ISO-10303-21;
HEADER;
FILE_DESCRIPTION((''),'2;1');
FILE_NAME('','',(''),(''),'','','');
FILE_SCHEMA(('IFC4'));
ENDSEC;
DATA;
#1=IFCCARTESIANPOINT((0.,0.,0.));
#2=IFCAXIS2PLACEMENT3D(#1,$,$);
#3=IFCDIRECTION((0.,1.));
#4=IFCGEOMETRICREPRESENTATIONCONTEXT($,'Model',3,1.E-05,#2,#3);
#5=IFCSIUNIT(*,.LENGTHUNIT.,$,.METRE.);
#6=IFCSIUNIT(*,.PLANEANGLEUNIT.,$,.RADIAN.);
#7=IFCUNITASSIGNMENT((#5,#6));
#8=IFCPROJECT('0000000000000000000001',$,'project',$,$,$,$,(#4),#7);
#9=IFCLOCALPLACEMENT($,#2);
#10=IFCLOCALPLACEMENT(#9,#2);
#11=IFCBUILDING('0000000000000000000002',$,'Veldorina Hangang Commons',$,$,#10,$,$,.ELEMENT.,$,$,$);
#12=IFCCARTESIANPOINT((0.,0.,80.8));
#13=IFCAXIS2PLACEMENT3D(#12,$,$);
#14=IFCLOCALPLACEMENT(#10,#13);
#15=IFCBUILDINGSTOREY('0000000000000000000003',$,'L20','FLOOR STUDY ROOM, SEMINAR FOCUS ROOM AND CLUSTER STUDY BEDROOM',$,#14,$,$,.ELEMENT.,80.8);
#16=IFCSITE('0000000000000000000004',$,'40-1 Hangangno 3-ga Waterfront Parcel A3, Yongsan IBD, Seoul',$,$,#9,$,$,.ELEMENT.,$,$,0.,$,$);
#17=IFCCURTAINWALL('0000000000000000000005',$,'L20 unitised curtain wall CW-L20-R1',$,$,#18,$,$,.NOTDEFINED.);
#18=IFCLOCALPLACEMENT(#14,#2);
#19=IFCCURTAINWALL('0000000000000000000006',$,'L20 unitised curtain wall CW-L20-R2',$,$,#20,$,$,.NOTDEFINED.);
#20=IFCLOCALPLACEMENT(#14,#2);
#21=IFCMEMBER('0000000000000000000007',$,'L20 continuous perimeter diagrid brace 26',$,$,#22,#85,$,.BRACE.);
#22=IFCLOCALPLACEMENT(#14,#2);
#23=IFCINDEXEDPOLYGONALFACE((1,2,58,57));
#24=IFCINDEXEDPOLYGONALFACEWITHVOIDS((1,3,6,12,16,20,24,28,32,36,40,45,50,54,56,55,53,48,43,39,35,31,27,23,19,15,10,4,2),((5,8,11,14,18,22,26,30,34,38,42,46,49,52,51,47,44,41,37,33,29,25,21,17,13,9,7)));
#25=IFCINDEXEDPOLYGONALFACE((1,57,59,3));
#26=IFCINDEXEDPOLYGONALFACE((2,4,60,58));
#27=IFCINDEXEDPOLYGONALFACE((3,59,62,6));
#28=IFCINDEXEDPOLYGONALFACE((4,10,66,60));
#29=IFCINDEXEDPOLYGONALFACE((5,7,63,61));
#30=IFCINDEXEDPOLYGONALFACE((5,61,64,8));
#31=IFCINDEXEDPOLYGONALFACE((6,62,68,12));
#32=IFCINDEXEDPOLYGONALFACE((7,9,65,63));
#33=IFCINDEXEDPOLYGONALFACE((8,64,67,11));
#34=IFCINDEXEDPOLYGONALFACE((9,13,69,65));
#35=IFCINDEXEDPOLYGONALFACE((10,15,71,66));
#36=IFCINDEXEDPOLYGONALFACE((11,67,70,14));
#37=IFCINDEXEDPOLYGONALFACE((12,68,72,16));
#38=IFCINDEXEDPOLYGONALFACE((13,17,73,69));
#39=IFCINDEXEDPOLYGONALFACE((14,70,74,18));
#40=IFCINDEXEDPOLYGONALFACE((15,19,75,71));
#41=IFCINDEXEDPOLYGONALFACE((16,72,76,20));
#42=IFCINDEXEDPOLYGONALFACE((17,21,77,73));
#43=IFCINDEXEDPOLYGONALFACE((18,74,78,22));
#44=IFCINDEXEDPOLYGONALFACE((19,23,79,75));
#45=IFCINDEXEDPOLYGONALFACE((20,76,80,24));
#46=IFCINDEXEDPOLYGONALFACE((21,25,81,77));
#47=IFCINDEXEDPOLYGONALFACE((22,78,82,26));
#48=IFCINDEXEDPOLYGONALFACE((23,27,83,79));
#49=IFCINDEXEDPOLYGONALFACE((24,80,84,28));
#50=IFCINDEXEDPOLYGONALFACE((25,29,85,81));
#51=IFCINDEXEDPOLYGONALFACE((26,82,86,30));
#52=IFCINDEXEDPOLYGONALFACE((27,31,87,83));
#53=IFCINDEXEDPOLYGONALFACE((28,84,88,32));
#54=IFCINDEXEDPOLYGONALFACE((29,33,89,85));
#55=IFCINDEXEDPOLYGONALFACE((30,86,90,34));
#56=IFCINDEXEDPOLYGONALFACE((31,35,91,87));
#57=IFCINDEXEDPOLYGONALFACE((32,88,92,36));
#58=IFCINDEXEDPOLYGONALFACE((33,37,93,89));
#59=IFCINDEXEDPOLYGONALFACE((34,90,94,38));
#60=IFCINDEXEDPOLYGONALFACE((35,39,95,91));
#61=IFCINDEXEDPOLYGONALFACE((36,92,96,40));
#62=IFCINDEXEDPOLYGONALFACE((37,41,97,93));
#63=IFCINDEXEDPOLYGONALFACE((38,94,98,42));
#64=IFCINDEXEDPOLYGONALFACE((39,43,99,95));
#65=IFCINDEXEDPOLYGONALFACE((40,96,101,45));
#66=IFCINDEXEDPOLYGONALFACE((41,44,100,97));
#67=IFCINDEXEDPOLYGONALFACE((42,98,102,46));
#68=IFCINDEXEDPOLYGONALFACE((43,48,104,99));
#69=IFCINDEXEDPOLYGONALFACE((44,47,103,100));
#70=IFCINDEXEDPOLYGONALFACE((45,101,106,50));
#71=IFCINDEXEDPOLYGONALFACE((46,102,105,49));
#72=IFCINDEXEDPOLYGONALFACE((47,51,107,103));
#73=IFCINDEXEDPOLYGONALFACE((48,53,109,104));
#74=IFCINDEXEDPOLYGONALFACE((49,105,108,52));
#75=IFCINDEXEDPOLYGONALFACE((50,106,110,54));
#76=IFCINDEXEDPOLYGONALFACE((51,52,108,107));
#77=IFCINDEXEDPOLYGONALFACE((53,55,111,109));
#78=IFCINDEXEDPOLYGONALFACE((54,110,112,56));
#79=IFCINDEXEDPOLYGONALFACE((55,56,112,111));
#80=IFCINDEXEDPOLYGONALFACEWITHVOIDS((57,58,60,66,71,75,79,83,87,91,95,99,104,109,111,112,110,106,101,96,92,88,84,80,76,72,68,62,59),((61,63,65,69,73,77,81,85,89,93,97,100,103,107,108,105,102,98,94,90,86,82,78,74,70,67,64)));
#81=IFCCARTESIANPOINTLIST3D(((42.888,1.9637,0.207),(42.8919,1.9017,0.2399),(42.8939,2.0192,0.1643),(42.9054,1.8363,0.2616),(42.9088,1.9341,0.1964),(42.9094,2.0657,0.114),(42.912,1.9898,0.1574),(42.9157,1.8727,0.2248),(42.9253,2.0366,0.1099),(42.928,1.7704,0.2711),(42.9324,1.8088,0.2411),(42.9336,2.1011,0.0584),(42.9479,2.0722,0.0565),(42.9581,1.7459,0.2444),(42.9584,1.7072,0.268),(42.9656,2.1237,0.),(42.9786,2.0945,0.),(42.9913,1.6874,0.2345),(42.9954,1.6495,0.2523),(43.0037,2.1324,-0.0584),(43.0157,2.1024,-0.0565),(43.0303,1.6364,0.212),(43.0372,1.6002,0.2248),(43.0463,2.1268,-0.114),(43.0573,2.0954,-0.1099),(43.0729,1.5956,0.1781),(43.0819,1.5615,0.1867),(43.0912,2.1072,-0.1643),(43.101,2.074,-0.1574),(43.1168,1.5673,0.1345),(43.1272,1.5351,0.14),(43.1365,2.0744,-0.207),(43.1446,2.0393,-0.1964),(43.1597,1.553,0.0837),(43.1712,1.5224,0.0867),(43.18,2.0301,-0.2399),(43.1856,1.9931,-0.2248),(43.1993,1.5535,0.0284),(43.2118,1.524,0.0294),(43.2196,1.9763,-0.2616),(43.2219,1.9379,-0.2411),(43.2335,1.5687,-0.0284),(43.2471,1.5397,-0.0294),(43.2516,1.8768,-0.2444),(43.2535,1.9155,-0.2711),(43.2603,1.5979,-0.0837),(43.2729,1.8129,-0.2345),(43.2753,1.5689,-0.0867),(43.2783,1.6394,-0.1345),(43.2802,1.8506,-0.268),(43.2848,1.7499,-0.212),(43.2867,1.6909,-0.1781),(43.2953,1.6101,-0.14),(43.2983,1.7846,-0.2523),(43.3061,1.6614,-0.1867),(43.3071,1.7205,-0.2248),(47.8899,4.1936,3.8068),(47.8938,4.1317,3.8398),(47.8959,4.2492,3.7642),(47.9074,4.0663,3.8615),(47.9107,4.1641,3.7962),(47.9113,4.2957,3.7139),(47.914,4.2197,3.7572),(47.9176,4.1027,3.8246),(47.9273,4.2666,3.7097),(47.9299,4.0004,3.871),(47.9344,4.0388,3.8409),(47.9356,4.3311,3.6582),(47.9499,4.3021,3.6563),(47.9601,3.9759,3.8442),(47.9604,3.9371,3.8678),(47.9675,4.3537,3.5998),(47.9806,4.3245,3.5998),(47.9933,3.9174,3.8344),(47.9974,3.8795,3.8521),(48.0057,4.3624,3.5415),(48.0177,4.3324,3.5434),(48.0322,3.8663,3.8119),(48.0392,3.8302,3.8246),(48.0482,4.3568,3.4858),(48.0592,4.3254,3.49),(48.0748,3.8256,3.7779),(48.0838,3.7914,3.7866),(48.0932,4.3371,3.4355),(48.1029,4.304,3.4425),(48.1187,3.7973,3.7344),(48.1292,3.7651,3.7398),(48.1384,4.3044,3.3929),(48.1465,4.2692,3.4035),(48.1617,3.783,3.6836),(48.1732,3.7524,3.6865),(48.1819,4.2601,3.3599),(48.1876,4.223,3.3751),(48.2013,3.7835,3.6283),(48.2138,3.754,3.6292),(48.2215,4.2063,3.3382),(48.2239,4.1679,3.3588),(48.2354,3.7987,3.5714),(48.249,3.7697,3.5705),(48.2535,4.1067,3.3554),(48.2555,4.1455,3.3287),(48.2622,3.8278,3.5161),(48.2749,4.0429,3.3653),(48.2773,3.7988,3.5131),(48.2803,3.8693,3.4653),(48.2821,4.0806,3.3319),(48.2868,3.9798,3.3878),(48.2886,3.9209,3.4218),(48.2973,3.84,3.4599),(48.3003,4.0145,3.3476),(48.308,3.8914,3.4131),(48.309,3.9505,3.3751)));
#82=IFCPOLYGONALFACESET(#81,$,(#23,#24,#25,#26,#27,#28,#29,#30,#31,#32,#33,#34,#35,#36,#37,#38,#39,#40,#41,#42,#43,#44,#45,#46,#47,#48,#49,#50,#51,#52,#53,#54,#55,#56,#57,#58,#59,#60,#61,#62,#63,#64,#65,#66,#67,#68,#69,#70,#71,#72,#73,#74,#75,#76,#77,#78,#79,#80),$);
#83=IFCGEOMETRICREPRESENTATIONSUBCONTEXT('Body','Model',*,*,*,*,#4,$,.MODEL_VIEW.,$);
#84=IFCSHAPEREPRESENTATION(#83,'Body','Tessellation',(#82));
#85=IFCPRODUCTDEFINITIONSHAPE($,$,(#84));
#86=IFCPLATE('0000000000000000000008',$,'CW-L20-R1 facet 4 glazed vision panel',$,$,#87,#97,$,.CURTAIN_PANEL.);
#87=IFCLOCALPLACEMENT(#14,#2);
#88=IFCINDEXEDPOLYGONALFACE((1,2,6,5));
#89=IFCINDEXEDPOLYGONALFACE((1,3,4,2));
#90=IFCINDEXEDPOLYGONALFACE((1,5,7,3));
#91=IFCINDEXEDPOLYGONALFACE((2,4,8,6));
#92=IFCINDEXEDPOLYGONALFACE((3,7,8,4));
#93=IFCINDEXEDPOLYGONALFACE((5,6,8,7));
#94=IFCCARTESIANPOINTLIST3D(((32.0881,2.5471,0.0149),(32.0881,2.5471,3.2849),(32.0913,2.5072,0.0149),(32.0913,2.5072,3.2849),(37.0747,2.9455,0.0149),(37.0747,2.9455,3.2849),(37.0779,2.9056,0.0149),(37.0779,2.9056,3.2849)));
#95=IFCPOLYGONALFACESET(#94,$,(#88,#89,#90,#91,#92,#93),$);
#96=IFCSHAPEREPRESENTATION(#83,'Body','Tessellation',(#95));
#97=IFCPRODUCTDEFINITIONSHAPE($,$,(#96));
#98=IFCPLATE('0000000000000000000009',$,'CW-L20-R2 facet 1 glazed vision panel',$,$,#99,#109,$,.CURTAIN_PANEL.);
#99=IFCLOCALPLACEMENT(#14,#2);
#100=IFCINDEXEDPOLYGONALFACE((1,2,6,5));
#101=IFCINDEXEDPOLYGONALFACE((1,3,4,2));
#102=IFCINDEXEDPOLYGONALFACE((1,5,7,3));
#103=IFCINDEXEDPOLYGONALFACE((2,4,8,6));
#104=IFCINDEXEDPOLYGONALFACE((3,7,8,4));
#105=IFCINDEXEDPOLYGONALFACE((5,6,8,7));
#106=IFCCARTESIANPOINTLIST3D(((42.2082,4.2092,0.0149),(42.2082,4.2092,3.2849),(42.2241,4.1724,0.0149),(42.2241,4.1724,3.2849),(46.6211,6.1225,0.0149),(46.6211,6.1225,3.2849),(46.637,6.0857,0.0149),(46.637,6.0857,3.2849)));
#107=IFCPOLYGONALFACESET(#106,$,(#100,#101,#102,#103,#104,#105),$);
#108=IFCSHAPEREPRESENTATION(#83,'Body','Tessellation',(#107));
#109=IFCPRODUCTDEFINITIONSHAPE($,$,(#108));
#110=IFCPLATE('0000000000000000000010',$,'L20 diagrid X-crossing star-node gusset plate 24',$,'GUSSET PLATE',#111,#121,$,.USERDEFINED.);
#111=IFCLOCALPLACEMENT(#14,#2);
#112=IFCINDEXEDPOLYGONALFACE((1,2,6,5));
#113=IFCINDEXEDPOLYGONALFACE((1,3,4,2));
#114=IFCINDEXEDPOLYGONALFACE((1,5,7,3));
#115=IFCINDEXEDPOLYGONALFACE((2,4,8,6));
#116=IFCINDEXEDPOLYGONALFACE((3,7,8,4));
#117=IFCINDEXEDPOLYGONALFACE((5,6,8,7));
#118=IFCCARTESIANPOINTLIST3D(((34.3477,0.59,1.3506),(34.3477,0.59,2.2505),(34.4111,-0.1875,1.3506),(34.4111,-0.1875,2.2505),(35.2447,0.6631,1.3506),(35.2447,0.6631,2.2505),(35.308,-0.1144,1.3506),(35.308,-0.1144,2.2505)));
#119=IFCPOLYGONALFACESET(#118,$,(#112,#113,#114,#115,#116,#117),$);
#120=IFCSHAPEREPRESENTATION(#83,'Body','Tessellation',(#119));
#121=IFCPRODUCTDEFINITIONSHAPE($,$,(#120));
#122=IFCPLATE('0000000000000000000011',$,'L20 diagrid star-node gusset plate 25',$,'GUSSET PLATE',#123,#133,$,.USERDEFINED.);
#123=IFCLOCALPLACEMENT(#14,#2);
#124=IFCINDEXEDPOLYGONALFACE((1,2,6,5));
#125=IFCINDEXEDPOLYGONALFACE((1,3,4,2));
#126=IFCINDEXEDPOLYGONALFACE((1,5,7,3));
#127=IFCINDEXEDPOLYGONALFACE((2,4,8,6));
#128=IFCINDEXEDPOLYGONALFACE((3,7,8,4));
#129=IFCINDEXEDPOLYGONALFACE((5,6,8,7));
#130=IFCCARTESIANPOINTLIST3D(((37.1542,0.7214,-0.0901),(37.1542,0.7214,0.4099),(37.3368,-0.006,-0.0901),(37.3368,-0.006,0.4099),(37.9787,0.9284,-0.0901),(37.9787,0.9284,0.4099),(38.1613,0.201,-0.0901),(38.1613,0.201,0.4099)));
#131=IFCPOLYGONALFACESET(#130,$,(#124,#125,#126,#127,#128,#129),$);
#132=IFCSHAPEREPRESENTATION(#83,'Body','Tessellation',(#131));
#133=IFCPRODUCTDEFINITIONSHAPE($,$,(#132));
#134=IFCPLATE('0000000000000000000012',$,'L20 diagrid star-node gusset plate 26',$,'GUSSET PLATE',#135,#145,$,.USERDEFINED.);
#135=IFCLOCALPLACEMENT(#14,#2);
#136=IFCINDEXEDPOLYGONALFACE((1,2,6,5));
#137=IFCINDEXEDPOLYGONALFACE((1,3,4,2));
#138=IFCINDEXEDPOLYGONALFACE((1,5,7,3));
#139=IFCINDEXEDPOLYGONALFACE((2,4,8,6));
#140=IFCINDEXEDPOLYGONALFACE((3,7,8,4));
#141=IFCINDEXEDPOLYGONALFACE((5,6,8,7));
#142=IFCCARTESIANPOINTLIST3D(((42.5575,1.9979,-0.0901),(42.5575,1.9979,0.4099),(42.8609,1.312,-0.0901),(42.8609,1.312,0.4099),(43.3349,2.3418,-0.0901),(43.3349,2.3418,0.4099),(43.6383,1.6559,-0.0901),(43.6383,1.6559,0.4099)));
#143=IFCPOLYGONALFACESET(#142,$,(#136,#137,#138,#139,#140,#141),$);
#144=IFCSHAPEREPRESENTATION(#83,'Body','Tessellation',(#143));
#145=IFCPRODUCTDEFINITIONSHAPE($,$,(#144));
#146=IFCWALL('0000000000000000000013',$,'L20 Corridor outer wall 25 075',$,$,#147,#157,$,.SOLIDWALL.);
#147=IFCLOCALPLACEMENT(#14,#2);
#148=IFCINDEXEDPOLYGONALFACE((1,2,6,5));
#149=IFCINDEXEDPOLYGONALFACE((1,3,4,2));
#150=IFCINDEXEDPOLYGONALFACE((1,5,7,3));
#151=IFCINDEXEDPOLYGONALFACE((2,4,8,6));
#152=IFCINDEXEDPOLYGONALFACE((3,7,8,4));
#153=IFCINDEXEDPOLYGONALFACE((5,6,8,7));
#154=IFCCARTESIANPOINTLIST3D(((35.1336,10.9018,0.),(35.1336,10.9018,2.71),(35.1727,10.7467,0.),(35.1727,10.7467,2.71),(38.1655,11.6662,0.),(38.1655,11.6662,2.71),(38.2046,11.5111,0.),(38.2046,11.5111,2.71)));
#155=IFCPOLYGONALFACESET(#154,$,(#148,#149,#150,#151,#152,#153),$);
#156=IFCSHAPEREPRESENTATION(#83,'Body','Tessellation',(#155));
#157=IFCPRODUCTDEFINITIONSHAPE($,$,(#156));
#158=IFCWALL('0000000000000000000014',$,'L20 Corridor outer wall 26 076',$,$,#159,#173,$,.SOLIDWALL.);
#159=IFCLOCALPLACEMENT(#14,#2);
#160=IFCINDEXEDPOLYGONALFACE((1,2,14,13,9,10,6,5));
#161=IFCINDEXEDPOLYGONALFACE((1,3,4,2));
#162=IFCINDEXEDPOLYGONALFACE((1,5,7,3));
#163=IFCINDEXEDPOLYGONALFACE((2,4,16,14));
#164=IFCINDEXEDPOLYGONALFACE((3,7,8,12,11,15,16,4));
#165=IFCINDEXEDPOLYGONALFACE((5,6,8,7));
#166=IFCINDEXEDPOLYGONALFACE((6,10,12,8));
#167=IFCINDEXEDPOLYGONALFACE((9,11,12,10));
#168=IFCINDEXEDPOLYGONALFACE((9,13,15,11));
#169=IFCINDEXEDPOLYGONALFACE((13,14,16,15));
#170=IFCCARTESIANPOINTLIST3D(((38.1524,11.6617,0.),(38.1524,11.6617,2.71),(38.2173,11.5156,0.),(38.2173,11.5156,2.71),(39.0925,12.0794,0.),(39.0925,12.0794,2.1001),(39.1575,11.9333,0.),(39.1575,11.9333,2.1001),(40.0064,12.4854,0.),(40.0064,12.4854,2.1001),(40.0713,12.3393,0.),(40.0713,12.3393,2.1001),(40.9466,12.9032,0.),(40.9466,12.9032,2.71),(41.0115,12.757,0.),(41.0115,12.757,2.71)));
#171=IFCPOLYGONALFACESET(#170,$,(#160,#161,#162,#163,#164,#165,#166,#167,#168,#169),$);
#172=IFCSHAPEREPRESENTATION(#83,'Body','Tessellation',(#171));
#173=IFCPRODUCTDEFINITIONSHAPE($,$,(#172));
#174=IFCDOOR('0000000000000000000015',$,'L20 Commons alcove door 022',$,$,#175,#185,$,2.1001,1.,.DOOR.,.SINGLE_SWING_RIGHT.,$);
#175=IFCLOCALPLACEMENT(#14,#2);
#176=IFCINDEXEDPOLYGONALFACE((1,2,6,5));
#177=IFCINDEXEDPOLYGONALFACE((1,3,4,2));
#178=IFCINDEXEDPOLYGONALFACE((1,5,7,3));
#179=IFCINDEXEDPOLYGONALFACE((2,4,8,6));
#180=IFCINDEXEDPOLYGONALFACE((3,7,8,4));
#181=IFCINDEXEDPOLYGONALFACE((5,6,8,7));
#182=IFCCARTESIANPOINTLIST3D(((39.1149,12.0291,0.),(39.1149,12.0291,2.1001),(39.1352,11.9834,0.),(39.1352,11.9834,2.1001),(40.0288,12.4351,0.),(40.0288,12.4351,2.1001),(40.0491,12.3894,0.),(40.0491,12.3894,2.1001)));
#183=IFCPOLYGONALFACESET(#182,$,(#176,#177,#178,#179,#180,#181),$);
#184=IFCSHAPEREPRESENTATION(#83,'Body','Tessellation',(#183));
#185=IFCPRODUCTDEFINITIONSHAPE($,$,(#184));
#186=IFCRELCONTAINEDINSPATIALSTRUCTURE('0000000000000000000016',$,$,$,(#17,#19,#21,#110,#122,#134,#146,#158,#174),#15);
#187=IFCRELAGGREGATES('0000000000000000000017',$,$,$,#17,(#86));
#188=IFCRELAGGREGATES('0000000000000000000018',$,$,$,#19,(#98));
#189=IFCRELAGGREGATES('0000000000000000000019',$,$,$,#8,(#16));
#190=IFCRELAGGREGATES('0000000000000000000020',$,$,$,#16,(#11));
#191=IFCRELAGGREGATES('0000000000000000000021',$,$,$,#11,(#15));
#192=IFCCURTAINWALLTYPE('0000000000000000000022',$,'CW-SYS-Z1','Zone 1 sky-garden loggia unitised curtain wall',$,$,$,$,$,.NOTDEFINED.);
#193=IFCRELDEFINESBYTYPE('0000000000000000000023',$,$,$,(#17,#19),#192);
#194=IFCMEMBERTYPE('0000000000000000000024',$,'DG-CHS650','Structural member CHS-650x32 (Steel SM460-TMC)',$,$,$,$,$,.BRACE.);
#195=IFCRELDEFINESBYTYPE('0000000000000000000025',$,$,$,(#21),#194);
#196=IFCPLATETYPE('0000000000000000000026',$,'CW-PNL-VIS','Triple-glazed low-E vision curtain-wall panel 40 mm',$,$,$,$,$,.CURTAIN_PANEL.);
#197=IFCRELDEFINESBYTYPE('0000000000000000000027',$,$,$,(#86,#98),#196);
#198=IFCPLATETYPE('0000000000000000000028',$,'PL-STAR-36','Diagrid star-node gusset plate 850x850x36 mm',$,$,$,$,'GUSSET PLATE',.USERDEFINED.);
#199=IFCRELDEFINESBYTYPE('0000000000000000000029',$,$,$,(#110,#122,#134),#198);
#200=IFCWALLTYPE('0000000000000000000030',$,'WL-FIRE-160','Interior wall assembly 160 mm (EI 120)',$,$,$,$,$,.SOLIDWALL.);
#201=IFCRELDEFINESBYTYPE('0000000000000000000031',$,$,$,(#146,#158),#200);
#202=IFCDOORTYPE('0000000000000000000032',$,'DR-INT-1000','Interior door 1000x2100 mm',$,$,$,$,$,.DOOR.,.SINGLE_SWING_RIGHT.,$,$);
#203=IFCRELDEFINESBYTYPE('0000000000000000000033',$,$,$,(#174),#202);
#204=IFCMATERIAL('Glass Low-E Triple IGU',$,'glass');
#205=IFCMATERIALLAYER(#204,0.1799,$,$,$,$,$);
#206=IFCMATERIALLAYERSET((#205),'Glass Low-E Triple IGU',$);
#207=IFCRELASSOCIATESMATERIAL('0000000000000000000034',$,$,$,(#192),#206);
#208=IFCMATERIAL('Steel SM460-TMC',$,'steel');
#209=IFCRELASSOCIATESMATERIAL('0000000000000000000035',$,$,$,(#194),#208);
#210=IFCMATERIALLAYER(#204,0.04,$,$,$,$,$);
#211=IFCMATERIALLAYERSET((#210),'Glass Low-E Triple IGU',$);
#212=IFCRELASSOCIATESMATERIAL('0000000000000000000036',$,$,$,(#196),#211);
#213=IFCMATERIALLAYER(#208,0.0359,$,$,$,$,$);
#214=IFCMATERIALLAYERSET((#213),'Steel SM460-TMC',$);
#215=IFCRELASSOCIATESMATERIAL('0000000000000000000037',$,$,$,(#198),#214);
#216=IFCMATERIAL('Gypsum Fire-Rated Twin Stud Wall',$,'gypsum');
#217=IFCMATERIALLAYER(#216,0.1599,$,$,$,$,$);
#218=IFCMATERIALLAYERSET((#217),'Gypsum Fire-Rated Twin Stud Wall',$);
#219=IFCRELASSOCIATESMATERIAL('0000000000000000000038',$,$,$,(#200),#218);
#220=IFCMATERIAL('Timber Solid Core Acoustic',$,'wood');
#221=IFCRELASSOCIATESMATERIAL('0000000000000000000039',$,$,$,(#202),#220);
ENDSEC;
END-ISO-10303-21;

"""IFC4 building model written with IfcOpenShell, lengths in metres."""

from ifc_helpers import new_model, si_unit, direction, frame, frame_2d, origin, origin_2d, place, context, subcontext, project, spatial, rectangle, hollow_circle, extrude, material, layer, layer_set, material_profile, profile_set, type_object, element, fill, aggregate, save


model = new_model("IFC4")

# Units and contexts
model_context = context("Model", 3, precision=1e-05, world=origin(), true_north=direction((0.0, 1.0)))
body_context = subcontext(model_context, "Body", "Model", "MODEL_VIEW")
ifc_project = project(units=[si_unit("LENGTHUNIT", "METRE"), si_unit("PLANEANGLEUNIT", "RADIAN")], contexts=[model_context])

# Site, building, storey
site_placement = place(None, origin())
site = spatial("IfcSite", under=ifc_project, at=site_placement, Name="40-1 Hangangno 3-ga Waterfront Parcel A3, Yongsan IBD, Seoul", CompositionType="ELEMENT", RefElevation=0.0)
building_placement = place(site_placement, origin())
building = spatial("IfcBuilding", under=site, at=building_placement, Name="Veldorina Hangang Commons", CompositionType="ELEMENT")
storey_placement = place(building_placement, frame((0.0, 0.0, 80.8)))
storey = spatial("IfcBuildingStorey", under=building, at=storey_placement, Name="L20", Description="FLOOR STUDY ROOM, SEMINAR FOCUS ROOM AND CLUSTER STUDY BEDROOM", CompositionType="ELEMENT", Elevation=80.8)

# Curtain wall
ifc_material_1 = material(Name="Glass Low-E Triple IGU", Category="glass")
ifc_layer_1 = layer(ifc_material_1, 0.1799)
ifc_layer_set_1 = layer_set([ifc_layer_1], Name="Glass Low-E Triple IGU")
curtain_wall_type = type_object("IfcCurtainWallType", Name="CW-SYS-Z1", Description="Zone 1 sky-garden loggia unitised curtain wall", PredefinedType="NOTDEFINED", material=ifc_layer_set_1)
curtain_wall_1_placement = place(storey_placement, origin())
curtain_wall_1 = element("IfcCurtainWall", 1, at=curtain_wall_1_placement, inside=storey, type_object=curtain_wall_type, Name="L20 unitised curtain wall CW-L20-R1", PredefinedType="NOTDEFINED")

# Curtain wall
curtain_wall_2_placement = place(storey_placement, origin())
curtain_wall_2 = element("IfcCurtainWall", 2, at=curtain_wall_2_placement, inside=storey, type_object=curtain_wall_type, Name="L20 unitised curtain wall CW-L20-R2", PredefinedType="NOTDEFINED")

# Member
ifc_material_2 = material(Name="Steel SM460-TMC", Category="steel")
ifc_material_profile_1 = material_profile(ifc_material_2, hollow_circle(Radius=0.325, WallThickness=0.032, at=origin_2d()), Name="CHS-650x32")
ifc_profile_set_1 = profile_set([ifc_material_profile_1], Name="Steel SM460-TMC")
member_type_1 = type_object("IfcMemberType", Name="DG-CHS650", Description="Structural member CHS-650x32 (Steel SM460-TMC)", PredefinedType="BRACE", material=ifc_profile_set_1)
member_1_placement = place(storey_placement, frame((43.0979, 1.8269, 0.0), z_axis=(0.763223, 0.340262, 0.549284), x_axis=(-0.407189, 0.913344, 0.0)))
element("IfcMember", 3, at=member_1_placement, inside=storey, type_object=member_type_1, Name="L20 continuous perimeter diagrid brace 26", PredefinedType="BRACE", context=body_context, shape_type="SweptSolid", body=[
    extrude(hollow_circle(Radius=0.325, WallThickness=0.032, at=origin_2d()), origin(), (0.0, 0.0, 1.0), 6.5537),
])

# Plates
ifc_layer_2 = layer(ifc_material_1, 0.04)
ifc_layer_set_2 = layer_set([ifc_layer_2], Name="Glass Low-E Triple IGU")
plate_type_1 = type_object("IfcPlateType", Name="CW-PNL-VIS", Description="Triple-glazed low-E vision curtain-wall panel 40 mm", PredefinedType="CURTAIN_PANEL", material=ifc_layer_set_2)
plate_1_placement = place(storey_placement, frame((34.583, 2.7263, 0.0149), z_axis=(0.0, 0.0, 1.0), x_axis=(0.996824, 0.079642, 0.0)))
plate_1 = element("IfcPlate", 4, at=plate_1_placement, type_object=plate_type_1, Name="CW-L20-R1 facet 4 glazed vision panel", PredefinedType="CURTAIN_PANEL", context=body_context, shape_type="SweptSolid", body=[
    extrude(rectangle(XDim=5.0024, YDim=0.04, at=origin_2d()), origin(), (0.0, 0.0, 1.0), 3.27),
])
aggregate(curtain_wall_1, [plate_1])
plate_2_placement = place(storey_placement, frame((44.4226, 5.1475, 0.0149), z_axis=(0.0, 0.0, 1.0), x_axis=(0.917477, 0.397789, 0.0)))
plate_2 = element("IfcPlate", 5, at=plate_2_placement, type_object=plate_type_1, Name="CW-L20-R2 facet 1 glazed vision panel", PredefinedType="CURTAIN_PANEL", context=body_context, shape_type="SweptSolid", body=[
    extrude(rectangle(XDim=4.8098, YDim=0.04, at=origin_2d()), origin(), (0.0, 0.0, 1.0), 3.27),
])
aggregate(curtain_wall_2, [plate_2])

# Plates
ifc_layer_3 = layer(ifc_material_2, 0.0359)
ifc_layer_set_3 = layer_set([ifc_layer_3], Name="Steel SM460-TMC")
plate_type_2 = type_object("IfcPlateType", Name="PL-STAR-36", Description="Diagrid star-node gusset plate 850x850x36 mm", ElementType="GUSSET PLATE", PredefinedType="USERDEFINED", material=ifc_layer_set_3)
plate_3_placement = place(storey_placement, frame((34.8279, 0.2378, 1.3506), z_axis=(0.0, 0.0, 1.0), x_axis=(0.996694, 0.081243, 0.0)))
element("IfcPlate", 6, at=plate_3_placement, inside=storey, type_object=plate_type_2, Name="L20 diagrid X-crossing star-node gusset plate 24", ObjectType="GUSSET PLATE", PredefinedType="USERDEFINED", context=body_context, shape_type="SweptSolid", body=[
    extrude(rectangle(XDim=0.8999, YDim=0.78, at=origin_2d()), origin(), (0.0, 0.0, 1.0), 0.8999),
])
for number, where, z_axis, x_axis, name in (
    (7, (37.6577, 0.4612, -0.0901), (0.0, 0.0, 1.0), (0.969906, 0.24348, 0.0), "L20 diagrid star-node gusset plate 25"),
    (8, (43.0979, 1.8269, -0.0901), (0.0, 0.0, 1.0), (0.914522, 0.404535, 0.0), "L20 diagrid star-node gusset plate 26"),
):
    element("IfcPlate", number, at=place(storey_placement, frame(where, z_axis=z_axis, x_axis=x_axis)), inside=storey, type_object=plate_type_2, Name=name, ObjectType="GUSSET PLATE", PredefinedType="USERDEFINED", context=body_context, shape_type="SweptSolid", body=[
        extrude(rectangle(XDim=0.8501, YDim=0.75, at=origin_2d()), origin(), (0.0, 0.0, 1.0), 0.5),
    ])

# Wall
ifc_material_3 = material(Name="Gypsum Fire-Rated Twin Stud Wall", Category="gypsum")
ifc_layer_4 = layer(ifc_material_3, 0.1599)
ifc_layer_set_4 = layer_set([ifc_layer_4], Name="Gypsum Fire-Rated Twin Stud Wall")
wall_type_1 = type_object("IfcWallType", Name="WL-FIRE-160", Description="Interior wall assembly 160 mm (EI 120)", PredefinedType="SOLIDWALL", material=ifc_layer_set_4)
wall_1_placement = place(storey_placement, frame((35.1531, 10.8242, 0.0), z_axis=(0.0, 0.0, 1.0), x_axis=(0.969654, 0.244483, 0.0)))
element("IfcWall", 9, at=wall_1_placement, inside=storey, type_object=wall_type_1, Name="L20 Corridor outer wall 25 075", PredefinedType="SOLIDWALL", context=body_context, shape_type="SweptSolid", body=[
    extrude(rectangle(XDim=3.1267, YDim=0.1599, at=frame_2d((1.5635, 0.0))), origin(), (0.0, 0.0, 1.0), 2.71),
])

# Wall, opening, door
wall_2_placement = place(storey_placement, frame((38.1848, 11.5886, 0.0), z_axis=(0.0, 0.0, 1.0), x_axis=(0.913861, 0.406027, 0.0)))
wall_2 = element("IfcWall", 10, at=wall_2_placement, inside=storey, type_object=wall_type_1, Name="L20 Corridor outer wall 26 076", PredefinedType="SOLIDWALL", context=body_context, shape_type="SweptSolid", body=[
    extrude(rectangle(XDim=3.0576, YDim=0.1599, at=frame_2d((1.5288, 0.0))), origin(), (0.0, 0.0, 1.0), 2.71),
])
opening_1_placement = place(wall_2_placement, frame((1.0288, 0.0, 0.0)))
opening_1 = element("IfcOpeningElement", 11, at=opening_1_placement, cuts=wall_2, PredefinedType="OPENING", context=body_context, shape_type="SweptSolid", body=[
    extrude(rectangle(XDim=1.0, YDim=2.1001, at=frame_2d((0.5, 1.05))), frame((0.0, 0.0898, 0.0), z_axis=(0.0, -1.0, 0.0), x_axis=(1.0, 0.0, 0.0)), (0.0, 0.0, 1.0), 0.1799),
])
ifc_material_4 = material(Name="Timber Solid Core Acoustic", Category="wood")
door_type_1 = type_object("IfcDoorType", Name="DR-INT-1000", Description="Interior door 1000x2100 mm", OperationType="SINGLE_SWING_RIGHT", PredefinedType="DOOR", material=ifc_material_4)
door_1_placement = place(opening_1_placement, origin())
door_1 = element("IfcDoor", 12, at=door_1_placement, inside=storey, type_object=door_type_1, Name="L20 Commons alcove door 022", OperationType="SINGLE_SWING_RIGHT", OverallHeight=2.1001, OverallWidth=1.0, PredefinedType="DOOR", context=body_context, shape_type="SweptSolid", body=[
    extrude(rectangle(XDim=1.0, YDim=2.1001, at=frame_2d((0.5, 1.05))), frame((0.0, 0.0249, 0.0), z_axis=(0.0, -1.0, 0.0), x_axis=(1.0, 0.0, 0.0)), (0.0, 0.0, 1.0), 0.05),
])
fill(opening_1, door_1)

save(model, "model.ifc")
